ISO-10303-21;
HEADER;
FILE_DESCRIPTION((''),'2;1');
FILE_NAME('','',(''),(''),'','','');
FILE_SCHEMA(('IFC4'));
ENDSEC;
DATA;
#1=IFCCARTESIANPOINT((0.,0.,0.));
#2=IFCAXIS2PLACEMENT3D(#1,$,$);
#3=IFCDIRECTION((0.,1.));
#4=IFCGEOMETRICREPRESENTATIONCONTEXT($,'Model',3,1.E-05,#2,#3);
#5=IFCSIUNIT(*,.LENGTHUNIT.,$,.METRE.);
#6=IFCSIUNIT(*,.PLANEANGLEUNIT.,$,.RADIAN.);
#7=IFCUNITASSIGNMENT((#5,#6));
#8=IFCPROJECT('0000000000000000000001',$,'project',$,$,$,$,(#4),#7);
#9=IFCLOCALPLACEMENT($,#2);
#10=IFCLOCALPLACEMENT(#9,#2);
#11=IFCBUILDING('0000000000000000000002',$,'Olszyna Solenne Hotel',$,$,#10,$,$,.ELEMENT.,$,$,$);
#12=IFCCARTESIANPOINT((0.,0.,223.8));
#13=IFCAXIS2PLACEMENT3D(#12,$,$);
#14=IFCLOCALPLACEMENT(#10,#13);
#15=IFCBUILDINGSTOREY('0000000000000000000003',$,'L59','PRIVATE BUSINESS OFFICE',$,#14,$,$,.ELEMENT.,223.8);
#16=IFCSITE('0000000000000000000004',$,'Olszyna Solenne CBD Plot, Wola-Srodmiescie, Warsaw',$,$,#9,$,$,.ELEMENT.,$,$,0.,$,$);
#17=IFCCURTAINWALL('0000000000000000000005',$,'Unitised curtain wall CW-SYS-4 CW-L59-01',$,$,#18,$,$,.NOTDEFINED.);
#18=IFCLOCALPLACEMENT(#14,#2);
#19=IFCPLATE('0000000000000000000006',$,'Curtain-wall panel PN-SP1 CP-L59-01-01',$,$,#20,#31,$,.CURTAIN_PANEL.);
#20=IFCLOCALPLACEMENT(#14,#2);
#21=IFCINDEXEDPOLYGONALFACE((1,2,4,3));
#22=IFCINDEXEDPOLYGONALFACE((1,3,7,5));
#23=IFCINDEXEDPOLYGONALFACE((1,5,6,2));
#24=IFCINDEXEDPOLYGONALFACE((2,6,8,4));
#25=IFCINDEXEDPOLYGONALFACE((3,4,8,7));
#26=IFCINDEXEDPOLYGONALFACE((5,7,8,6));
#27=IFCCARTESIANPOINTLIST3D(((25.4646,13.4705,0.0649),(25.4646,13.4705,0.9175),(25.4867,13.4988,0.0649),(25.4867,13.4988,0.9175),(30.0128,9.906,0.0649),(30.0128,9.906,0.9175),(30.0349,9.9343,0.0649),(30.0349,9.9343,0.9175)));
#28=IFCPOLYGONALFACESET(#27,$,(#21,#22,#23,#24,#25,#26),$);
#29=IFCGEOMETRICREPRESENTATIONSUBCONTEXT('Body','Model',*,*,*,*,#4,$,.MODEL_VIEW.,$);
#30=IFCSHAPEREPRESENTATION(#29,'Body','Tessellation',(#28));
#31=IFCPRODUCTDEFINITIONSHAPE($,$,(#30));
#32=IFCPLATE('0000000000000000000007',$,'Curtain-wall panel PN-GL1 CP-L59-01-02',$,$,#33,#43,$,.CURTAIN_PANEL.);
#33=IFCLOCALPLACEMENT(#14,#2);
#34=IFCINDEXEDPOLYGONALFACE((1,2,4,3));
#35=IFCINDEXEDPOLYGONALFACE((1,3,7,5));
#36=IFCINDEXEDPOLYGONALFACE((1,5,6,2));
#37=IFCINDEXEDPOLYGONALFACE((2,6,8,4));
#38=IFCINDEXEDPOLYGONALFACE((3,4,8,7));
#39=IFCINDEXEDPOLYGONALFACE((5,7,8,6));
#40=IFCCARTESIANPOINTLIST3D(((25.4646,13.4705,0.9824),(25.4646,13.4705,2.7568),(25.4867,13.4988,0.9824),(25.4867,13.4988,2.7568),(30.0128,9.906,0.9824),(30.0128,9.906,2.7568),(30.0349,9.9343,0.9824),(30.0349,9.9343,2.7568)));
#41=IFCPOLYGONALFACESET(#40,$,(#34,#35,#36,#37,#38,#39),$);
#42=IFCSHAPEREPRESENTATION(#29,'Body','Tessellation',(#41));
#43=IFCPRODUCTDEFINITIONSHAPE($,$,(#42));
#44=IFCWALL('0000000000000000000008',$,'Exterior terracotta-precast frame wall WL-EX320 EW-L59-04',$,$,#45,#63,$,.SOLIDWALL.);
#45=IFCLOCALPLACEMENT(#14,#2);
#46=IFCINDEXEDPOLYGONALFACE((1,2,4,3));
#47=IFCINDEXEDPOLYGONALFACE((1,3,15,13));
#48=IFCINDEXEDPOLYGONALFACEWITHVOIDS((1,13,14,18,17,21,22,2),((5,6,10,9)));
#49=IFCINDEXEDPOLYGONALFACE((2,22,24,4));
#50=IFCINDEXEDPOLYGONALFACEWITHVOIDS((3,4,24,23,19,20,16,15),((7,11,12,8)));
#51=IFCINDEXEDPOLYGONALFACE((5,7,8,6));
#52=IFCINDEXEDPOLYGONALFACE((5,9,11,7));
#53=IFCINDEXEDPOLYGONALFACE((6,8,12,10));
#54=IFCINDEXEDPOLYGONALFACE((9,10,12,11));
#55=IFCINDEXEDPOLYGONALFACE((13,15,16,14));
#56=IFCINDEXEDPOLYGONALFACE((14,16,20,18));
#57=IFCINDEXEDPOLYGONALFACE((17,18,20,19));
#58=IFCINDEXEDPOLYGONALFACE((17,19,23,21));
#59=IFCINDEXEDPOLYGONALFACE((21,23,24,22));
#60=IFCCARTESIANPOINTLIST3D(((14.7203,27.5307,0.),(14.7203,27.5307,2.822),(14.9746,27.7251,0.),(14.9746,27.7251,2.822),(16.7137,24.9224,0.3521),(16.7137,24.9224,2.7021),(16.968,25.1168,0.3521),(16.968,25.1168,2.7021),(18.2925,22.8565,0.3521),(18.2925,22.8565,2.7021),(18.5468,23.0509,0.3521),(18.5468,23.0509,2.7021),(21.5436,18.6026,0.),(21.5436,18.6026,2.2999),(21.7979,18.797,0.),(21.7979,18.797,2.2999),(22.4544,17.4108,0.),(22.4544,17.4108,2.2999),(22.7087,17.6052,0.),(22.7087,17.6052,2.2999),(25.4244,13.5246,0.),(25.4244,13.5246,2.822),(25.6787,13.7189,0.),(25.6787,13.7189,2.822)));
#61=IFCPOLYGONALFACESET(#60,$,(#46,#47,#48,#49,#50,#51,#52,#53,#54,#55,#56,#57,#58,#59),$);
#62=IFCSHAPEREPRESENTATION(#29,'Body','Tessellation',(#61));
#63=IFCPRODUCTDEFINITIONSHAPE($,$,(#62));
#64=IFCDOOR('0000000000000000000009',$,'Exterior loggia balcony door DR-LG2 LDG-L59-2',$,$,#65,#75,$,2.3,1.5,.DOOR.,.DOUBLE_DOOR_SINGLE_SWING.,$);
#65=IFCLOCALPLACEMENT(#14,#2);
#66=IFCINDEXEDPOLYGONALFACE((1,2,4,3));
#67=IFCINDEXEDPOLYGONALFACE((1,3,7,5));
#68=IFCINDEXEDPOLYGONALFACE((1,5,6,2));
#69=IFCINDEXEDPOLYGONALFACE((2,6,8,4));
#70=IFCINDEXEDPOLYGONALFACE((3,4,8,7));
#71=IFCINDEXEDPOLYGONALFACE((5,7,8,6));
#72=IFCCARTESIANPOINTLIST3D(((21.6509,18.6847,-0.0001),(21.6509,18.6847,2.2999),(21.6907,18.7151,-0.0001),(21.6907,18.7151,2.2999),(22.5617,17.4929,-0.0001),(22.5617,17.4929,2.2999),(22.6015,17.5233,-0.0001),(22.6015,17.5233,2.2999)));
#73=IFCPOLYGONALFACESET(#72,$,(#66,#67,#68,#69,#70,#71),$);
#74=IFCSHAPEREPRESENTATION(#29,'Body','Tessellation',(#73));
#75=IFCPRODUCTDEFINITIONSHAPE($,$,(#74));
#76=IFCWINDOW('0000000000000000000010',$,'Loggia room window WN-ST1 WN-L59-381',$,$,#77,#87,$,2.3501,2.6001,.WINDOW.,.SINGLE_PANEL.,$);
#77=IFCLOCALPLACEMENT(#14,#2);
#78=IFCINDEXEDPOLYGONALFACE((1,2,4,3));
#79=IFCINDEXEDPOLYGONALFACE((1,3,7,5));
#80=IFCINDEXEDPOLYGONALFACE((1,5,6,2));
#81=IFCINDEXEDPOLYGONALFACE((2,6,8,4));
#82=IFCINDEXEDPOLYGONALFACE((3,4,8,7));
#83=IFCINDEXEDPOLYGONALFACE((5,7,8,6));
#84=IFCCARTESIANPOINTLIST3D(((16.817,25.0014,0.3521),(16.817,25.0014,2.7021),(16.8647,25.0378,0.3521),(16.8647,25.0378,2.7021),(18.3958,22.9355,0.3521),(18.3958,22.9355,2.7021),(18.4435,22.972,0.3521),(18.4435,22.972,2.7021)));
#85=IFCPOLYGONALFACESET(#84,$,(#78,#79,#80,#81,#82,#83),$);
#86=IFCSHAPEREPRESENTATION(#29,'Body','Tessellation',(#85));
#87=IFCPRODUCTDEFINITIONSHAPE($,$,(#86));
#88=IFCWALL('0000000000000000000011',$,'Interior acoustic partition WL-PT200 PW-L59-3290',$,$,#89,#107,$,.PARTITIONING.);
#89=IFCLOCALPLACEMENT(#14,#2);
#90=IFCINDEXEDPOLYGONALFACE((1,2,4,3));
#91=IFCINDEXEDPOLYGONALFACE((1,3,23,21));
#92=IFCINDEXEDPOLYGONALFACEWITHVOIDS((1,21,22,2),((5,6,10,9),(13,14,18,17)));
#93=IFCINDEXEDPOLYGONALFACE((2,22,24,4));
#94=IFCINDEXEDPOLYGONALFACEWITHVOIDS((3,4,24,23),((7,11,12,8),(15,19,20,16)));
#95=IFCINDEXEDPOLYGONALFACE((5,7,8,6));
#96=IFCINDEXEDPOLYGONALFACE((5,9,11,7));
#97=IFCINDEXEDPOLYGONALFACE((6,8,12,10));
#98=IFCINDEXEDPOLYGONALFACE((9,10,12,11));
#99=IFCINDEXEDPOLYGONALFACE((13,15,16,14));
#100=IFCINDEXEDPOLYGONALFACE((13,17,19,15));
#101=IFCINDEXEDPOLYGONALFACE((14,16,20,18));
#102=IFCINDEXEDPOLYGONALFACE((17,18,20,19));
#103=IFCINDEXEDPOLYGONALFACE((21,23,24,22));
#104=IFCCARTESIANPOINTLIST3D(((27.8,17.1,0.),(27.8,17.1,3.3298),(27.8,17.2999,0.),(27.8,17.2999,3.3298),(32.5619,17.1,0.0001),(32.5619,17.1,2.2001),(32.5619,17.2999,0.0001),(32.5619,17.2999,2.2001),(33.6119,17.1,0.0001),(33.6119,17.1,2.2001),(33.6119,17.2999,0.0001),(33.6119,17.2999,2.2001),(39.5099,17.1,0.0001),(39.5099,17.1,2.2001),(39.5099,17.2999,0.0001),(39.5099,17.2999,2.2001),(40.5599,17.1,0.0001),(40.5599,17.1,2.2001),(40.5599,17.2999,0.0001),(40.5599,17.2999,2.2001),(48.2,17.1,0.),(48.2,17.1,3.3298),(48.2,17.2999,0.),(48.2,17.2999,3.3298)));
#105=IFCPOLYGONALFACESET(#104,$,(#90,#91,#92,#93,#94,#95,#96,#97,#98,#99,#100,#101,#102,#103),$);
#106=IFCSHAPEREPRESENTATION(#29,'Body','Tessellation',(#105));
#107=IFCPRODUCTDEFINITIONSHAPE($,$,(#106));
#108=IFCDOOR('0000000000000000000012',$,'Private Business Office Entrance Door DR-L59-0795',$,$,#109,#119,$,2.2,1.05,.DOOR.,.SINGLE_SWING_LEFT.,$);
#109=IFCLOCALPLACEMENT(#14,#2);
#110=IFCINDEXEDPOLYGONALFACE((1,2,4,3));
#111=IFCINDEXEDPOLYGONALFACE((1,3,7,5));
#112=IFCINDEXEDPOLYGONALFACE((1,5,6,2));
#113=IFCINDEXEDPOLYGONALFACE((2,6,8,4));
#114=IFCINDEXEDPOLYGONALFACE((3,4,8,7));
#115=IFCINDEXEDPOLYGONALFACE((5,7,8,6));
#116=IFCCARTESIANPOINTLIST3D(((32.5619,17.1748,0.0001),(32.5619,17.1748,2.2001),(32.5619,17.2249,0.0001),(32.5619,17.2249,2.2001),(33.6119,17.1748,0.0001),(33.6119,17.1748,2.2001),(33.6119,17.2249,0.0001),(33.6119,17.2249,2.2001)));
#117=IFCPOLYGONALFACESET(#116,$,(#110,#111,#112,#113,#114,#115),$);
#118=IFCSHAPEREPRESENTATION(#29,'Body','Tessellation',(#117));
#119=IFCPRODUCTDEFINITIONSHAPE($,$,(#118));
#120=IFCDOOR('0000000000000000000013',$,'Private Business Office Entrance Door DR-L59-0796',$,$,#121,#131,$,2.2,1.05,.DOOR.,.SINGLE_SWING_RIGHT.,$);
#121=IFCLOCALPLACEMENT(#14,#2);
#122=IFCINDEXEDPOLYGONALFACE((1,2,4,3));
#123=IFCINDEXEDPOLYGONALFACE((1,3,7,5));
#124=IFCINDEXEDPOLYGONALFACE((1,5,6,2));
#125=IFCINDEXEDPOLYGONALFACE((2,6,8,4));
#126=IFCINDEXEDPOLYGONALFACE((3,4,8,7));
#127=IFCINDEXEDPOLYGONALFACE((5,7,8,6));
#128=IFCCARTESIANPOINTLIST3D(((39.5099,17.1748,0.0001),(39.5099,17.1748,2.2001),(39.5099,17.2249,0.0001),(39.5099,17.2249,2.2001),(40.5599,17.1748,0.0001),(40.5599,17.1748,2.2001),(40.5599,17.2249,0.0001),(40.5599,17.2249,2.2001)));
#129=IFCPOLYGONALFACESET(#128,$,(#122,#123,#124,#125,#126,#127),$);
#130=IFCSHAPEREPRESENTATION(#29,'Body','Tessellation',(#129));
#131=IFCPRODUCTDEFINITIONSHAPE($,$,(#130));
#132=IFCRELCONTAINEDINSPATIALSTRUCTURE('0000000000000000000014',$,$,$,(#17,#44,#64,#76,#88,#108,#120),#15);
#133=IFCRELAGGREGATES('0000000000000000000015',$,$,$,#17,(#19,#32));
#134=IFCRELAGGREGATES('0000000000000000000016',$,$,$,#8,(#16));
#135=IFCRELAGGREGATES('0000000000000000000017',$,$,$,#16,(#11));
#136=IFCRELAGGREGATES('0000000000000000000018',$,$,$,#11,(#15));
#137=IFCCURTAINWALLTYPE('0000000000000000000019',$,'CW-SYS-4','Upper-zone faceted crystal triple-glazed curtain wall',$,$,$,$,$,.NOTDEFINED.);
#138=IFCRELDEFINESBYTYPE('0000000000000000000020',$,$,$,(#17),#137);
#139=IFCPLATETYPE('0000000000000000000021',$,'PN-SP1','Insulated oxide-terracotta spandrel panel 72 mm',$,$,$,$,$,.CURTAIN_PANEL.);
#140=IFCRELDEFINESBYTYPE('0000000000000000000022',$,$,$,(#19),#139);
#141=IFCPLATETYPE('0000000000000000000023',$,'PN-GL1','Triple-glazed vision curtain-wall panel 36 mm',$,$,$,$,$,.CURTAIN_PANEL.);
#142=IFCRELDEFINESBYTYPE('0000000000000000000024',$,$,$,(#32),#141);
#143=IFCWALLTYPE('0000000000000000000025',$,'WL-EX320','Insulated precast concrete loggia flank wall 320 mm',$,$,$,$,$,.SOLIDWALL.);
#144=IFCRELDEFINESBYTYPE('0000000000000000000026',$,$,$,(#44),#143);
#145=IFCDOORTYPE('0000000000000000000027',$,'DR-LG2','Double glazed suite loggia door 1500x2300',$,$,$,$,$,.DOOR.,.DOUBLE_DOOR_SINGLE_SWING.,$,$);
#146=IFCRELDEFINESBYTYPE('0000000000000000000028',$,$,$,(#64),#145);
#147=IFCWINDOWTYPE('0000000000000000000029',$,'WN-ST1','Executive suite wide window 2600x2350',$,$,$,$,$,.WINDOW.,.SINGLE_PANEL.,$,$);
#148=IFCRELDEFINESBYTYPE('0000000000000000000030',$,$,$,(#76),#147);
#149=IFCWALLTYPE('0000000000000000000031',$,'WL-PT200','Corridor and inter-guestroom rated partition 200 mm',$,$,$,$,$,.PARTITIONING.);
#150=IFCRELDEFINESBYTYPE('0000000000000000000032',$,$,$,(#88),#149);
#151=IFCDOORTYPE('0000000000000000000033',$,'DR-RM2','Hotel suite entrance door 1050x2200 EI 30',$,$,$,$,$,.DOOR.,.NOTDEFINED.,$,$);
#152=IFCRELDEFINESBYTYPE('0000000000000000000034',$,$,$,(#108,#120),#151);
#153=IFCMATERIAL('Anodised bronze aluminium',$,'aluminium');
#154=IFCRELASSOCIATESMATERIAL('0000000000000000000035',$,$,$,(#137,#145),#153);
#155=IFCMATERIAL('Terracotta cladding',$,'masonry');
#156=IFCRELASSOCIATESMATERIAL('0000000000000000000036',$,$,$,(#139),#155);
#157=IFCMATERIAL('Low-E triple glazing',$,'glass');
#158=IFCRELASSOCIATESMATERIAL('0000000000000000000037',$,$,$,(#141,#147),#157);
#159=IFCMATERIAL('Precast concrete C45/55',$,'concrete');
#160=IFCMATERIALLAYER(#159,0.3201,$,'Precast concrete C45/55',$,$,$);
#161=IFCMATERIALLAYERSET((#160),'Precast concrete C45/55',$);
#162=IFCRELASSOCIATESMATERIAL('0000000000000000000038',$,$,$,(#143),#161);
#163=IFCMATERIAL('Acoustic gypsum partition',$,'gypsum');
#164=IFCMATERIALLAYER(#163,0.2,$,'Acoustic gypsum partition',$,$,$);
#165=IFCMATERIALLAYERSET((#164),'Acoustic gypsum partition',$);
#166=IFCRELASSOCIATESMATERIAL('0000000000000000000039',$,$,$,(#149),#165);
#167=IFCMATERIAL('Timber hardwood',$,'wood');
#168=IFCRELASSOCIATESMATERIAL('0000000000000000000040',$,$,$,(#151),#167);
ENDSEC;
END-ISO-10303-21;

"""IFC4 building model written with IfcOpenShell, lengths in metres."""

from ifc_helpers import new_model, si_unit, direction, frame, frame_2d, origin, origin_2d, place, context, subcontext, project, spatial, rectangle, extrude, source, transform, mapped, material, layer, layer_set, type_object, type_shapes, element, fill, aggregate, save


model = new_model("IFC4")

# Units and contexts
model_context = context("Model", 3, precision=1e-05, world=origin(), true_north=direction((0.0, 1.0)))
body_context = subcontext(model_context, "Body", "Model", "MODEL_VIEW")
ifc_project = project(units=[si_unit("LENGTHUNIT", "METRE"), si_unit("PLANEANGLEUNIT", "RADIAN")], contexts=[model_context])

# Site, building, storey
site_placement = place(None, origin())
site = spatial("IfcSite", under=ifc_project, at=site_placement, Name="Olszyna Solenne CBD Plot, Wola-Srodmiescie, Warsaw", CompositionType="ELEMENT", RefElevation=0.0)
building_placement = place(site_placement, origin())
building = spatial("IfcBuilding", under=site, at=building_placement, Name="Olszyna Solenne Hotel", CompositionType="ELEMENT")
storey_placement = place(building_placement, frame((0.0, 0.0, 223.8)))
storey = spatial("IfcBuildingStorey", under=building, at=storey_placement, Name="L59", Description="PRIVATE BUSINESS OFFICE", CompositionType="ELEMENT", Elevation=223.8)

# Curtain wall
ifc_material_1 = material(Name="Anodised bronze aluminium", Category="aluminium")
curtain_wall_type = type_object("IfcCurtainWallType", Name="CW-SYS-4", Description="Upper-zone faceted crystal triple-glazed curtain wall", PredefinedType="NOTDEFINED", material=ifc_material_1)
curtain_wall_placement = place(storey_placement, origin())
curtain_wall = element("IfcCurtainWall", 1, at=curtain_wall_placement, inside=storey, type_object=curtain_wall_type, Name="Unitised curtain wall CW-SYS-4 CW-L59-01", PredefinedType="NOTDEFINED")

# Shared definitions
ifc_material_2 = material(Name="Precast concrete C45/55", Category="concrete")

# Plates
ifc_material_3 = material(Name="Terracotta cladding", Category="masonry")
plate_type_1 = type_object("IfcPlateType", Name="PN-SP1", Description="Insulated oxide-terracotta spandrel panel 72 mm", PredefinedType="CURTAIN_PANEL", material=ifc_material_3)
shared_shape_1 = source(origin(), body_context, "Body", "SweptSolid", [
    extrude(rectangle(XDim=5.7786, YDim=0.0359, at=origin_2d()), origin(), (0.0, 0.0, 1.0), 0.8525),
])
plate_1_placement = place(storey_placement, frame((27.7498, 11.7024, 0.0649), z_axis=(0.0, 0.0, 1.0), x_axis=(0.78708, -0.616851, 0.0)))
plate_1 = element("IfcPlate", 2, at=plate_1_placement, type_object=plate_type_1, Name="Curtain-wall panel PN-SP1 CP-L59-01-01", PredefinedType="CURTAIN_PANEL", context=body_context, shape_type="MappedRepresentation", body=[
    mapped(shared_shape_1, transform((0.0, 0.0, 0.0), x_axis=(1.0, 0.0, 0.0), y_axis=(0.0, 1.0, 0.0), z_axis=(0.0, 0.0, 1.0), scale=1.0)),
])
ifc_material_4 = material(Name="Low-E triple glazing", Category="glass")
plate_type_2 = type_object("IfcPlateType", Name="PN-GL1", Description="Triple-glazed vision curtain-wall panel 36 mm", PredefinedType="CURTAIN_PANEL", material=ifc_material_4)
shared_shape_2 = source(origin(), body_context, "Body", "SweptSolid", [
    extrude(rectangle(XDim=5.7786, YDim=0.0359, at=origin_2d()), origin(), (0.0, 0.0, 1.0), 1.7744),
])
plate_2_placement = place(storey_placement, frame((27.7498, 11.7024, 0.9824), z_axis=(0.0, 0.0, 1.0), x_axis=(0.78708, -0.616851, 0.0)))
plate_2 = element("IfcPlate", 3, at=plate_2_placement, type_object=plate_type_2, Name="Curtain-wall panel PN-GL1 CP-L59-01-02", PredefinedType="CURTAIN_PANEL", context=body_context, shape_type="MappedRepresentation", body=[
    mapped(shared_shape_2, transform((0.0, 0.0, 0.0), x_axis=(1.0, 0.0, 0.0), y_axis=(0.0, 1.0, 0.0), z_axis=(0.0, 0.0, 1.0), scale=1.0)),
])
aggregate(curtain_wall, [plate_1, plate_2])

# Wall, openings, door, window
ifc_layer_1 = layer(ifc_material_2, 0.3201, Name="Precast concrete C45/55")
ifc_layer_set_1 = layer_set([ifc_layer_1], Name="Precast concrete C45/55")
wall_type_1 = type_object("IfcWallType", Name="WL-EX320", Description="Insulated precast concrete loggia flank wall 320 mm", PredefinedType="SOLIDWALL", material=ifc_layer_set_1)
wall_1_placement = place(storey_placement, frame((25.5515, 13.6218, 0.0), z_axis=(0.0, 0.0, 1.0), x_axis=(-0.607219, 0.794534, 0.0)))
wall_1 = element("IfcWall", 4, at=wall_1_placement, inside=storey, type_object=wall_type_1, Name="Exterior terracotta-precast frame wall WL-EX320 EW-L59-04", PredefinedType="SOLIDWALL", context=body_context, shape_type="SweptSolid", body=[
    extrude(rectangle(XDim=17.6282, YDim=0.3201, at=frame_2d((8.814, 0.0))), origin(), (0.0, 0.0, 1.0), 2.822),
])
opening_1_placement = place(wall_1_placement, frame((4.8911, 0.0, 0.0)))
opening_1 = element("IfcOpeningElement", 5, at=opening_1_placement, cuts=wall_1, PredefinedType="OPENING", context=body_context, shape_type="SweptSolid", body=[
    extrude(rectangle(XDim=1.5, YDim=2.3, at=frame_2d((0.75, 1.1499))), frame((0.0, 0.1699, 0.0), z_axis=(0.0, -1.0, 0.0), x_axis=(1.0, 0.0, 0.0)), (0.0, 0.0, 1.0), 0.3401),
])
opening_2_placement = place(wall_1_placement, frame((11.7451, 0.0, 0.3521)))
opening_2 = element("IfcOpeningElement", 6, at=opening_2_placement, cuts=wall_1, PredefinedType="OPENING", context=body_context, shape_type="SweptSolid", body=[
    extrude(rectangle(XDim=2.6001, YDim=2.3501, at=frame_2d((1.3, 1.175))), frame((0.0, 0.1699, 0.0), z_axis=(0.0, -1.0, 0.0), x_axis=(1.0, 0.0, 0.0)), (0.0, 0.0, 1.0), 0.3401),
])
door_type_1 = type_object("IfcDoorType", Name="DR-LG2", Description="Double glazed suite loggia door 1500x2300", OperationType="DOUBLE_DOOR_SINGLE_SWING", PredefinedType="DOOR", material=ifc_material_1)
shared_shape_3 = source(origin(), body_context, "Body", "SweptSolid", [
    extrude(rectangle(XDim=1.5, YDim=2.3, at=frame_2d((0.75, 1.1499))), frame((0.0, 0.0249, 0.0), z_axis=(0.0, -1.0, 0.0), x_axis=(1.0, 0.0, 0.0)), (0.0, 0.0, 1.0), 0.05),
])
type_shapes(door_type_1, [shared_shape_3])
door_1_placement = place(opening_1_placement, origin())
door_1 = element("IfcDoor", 7, at=door_1_placement, inside=storey, type_object=door_type_1, Name="Exterior loggia balcony door DR-LG2 LDG-L59-2", OperationType="DOUBLE_DOOR_SINGLE_SWING", OverallHeight=2.3, OverallWidth=1.5, PredefinedType="DOOR", context=body_context, shape_type="MappedRepresentation", body=[
    mapped(shared_shape_3, transform((0.0, 0.0, 0.0), x_axis=(1.0, 0.0, 0.0), y_axis=(0.0, 1.0, 0.0), z_axis=(0.0, 0.0, 1.0), scale=1.0)),
])
fill(opening_1, door_1)
window_type = type_object("IfcWindowType", Name="WN-ST1", Description="Executive suite wide window 2600x2350", PartitioningType="SINGLE_PANEL", PredefinedType="WINDOW", material=ifc_material_4)
shared_shape_4 = source(origin(), body_context, "Body", "SweptSolid", [
    extrude(rectangle(XDim=2.6001, YDim=2.3501, at=frame_2d((1.3, 1.175))), frame((0.0, 0.03, 0.0), z_axis=(0.0, -1.0, 0.0), x_axis=(1.0, 0.0, 0.0)), (0.0, 0.0, 1.0), 0.0601),
])
type_shapes(window_type, [shared_shape_4])
window_placement = place(opening_2_placement, origin())
window = element("IfcWindow", 8, at=window_placement, inside=storey, type_object=window_type, Name="Loggia room window WN-ST1 WN-L59-381", OverallHeight=2.3501, OverallWidth=2.6001, PartitioningType="SINGLE_PANEL", PredefinedType="WINDOW", context=body_context, shape_type="MappedRepresentation", body=[
    mapped(shared_shape_4, transform((0.0, 0.0, 0.0), x_axis=(1.0, 0.0, 0.0), y_axis=(0.0, 1.0, 0.0), z_axis=(0.0, 0.0, 1.0), scale=1.0)),
])
fill(opening_2, window)

# Wall, openings, doors
ifc_material_5 = material(Name="Acoustic gypsum partition", Category="gypsum")
ifc_layer_2 = layer(ifc_material_5, 0.2, Name="Acoustic gypsum partition")
ifc_layer_set_2 = layer_set([ifc_layer_2], Name="Acoustic gypsum partition")
wall_type_2 = type_object("IfcWallType", Name="WL-PT200", Description="Corridor and inter-guestroom rated partition 200 mm", PredefinedType="PARTITIONING", material=ifc_layer_set_2)
wall_2_placement = place(storey_placement, frame((27.8, 17.2, 0.0), z_axis=(0.0, 0.0, 1.0), x_axis=(1.0, 0.0, 0.0)))
wall_2 = element("IfcWall", 9, at=wall_2_placement, inside=storey, type_object=wall_type_2, Name="Interior acoustic partition WL-PT200 PW-L59-3290", PredefinedType="PARTITIONING", context=body_context, shape_type="SweptSolid", body=[
    extrude(rectangle(XDim=20.3999, YDim=0.2, at=frame_2d((10.2, 0.0))), origin(), (0.0, 0.0, 1.0), 3.3298),
])
opening_3_placement = place(wall_2_placement, frame((4.762, 0.0, 0.0)))
opening_3 = element("IfcOpeningElement", 10, at=opening_3_placement, cuts=wall_2, PredefinedType="OPENING", context=body_context, shape_type="SweptSolid", body=[
    extrude(rectangle(XDim=1.05, YDim=2.2, at=frame_2d((0.5249, 1.1001))), frame((0.0, 0.1099, 0.0), z_axis=(0.0, -1.0, 0.0), x_axis=(1.0, 0.0, 0.0)), (0.0, 0.0, 1.0), 0.22),
])
opening_4_placement = place(wall_2_placement, frame((11.71, 0.0, 0.0)))
opening_4 = element("IfcOpeningElement", 11, at=opening_4_placement, cuts=wall_2, PredefinedType="OPENING", context=body_context, shape_type="SweptSolid", body=[
    extrude(rectangle(XDim=1.05, YDim=2.2, at=frame_2d((0.5249, 1.1001))), frame((0.0, 0.1099, 0.0), z_axis=(0.0, -1.0, 0.0), x_axis=(1.0, 0.0, 0.0)), (0.0, 0.0, 1.0), 0.22),
])
ifc_material_6 = material(Name="Timber hardwood", Category="wood")
door_type_2 = type_object("IfcDoorType", Name="DR-RM2", Description="Hotel suite entrance door 1050x2200 EI 30", OperationType="NOTDEFINED", PredefinedType="DOOR", material=ifc_material_6)
shared_shape_5 = source(origin(), body_context, "Body", "SweptSolid", [
    extrude(rectangle(XDim=1.05, YDim=2.2, at=frame_2d((0.5249, 1.1001))), frame((0.0, 0.0249, 0.0), z_axis=(0.0, -1.0, 0.0), x_axis=(1.0, 0.0, 0.0)), (0.0, 0.0, 1.0), 0.05),
])
type_shapes(door_type_2, [shared_shape_5])
door_2_placement = place(opening_3_placement, origin())
door_2 = element("IfcDoor", 12, at=door_2_placement, inside=storey, type_object=door_type_2, Name="Private Business Office Entrance Door DR-L59-0795", OperationType="SINGLE_SWING_LEFT", OverallHeight=2.2, OverallWidth=1.05, PredefinedType="DOOR", context=body_context, shape_type="MappedRepresentation", body=[
    mapped(shared_shape_5, transform((0.0, 0.0, 0.0), x_axis=(1.0, 0.0, 0.0), y_axis=(0.0, 1.0, 0.0), z_axis=(0.0, 0.0, 1.0), scale=1.0)),
])
fill(opening_3, door_2)
door_3_placement = place(opening_4_placement, origin())
door_3 = element("IfcDoor", 13, at=door_3_placement, inside=storey, type_object=door_type_2, Name="Private Business Office Entrance Door DR-L59-0796", OperationType="SINGLE_SWING_RIGHT", OverallHeight=2.2, OverallWidth=1.05, PredefinedType="DOOR", context=body_context, shape_type="MappedRepresentation", body=[
    mapped(shared_shape_5, transform((0.0, 0.0, 0.0), x_axis=(1.0, 0.0, 0.0), y_axis=(0.0, 1.0, 0.0), z_axis=(0.0, 0.0, 1.0), scale=1.0)),
])
fill(opening_4, door_3)

save(model, "model.ifc")
